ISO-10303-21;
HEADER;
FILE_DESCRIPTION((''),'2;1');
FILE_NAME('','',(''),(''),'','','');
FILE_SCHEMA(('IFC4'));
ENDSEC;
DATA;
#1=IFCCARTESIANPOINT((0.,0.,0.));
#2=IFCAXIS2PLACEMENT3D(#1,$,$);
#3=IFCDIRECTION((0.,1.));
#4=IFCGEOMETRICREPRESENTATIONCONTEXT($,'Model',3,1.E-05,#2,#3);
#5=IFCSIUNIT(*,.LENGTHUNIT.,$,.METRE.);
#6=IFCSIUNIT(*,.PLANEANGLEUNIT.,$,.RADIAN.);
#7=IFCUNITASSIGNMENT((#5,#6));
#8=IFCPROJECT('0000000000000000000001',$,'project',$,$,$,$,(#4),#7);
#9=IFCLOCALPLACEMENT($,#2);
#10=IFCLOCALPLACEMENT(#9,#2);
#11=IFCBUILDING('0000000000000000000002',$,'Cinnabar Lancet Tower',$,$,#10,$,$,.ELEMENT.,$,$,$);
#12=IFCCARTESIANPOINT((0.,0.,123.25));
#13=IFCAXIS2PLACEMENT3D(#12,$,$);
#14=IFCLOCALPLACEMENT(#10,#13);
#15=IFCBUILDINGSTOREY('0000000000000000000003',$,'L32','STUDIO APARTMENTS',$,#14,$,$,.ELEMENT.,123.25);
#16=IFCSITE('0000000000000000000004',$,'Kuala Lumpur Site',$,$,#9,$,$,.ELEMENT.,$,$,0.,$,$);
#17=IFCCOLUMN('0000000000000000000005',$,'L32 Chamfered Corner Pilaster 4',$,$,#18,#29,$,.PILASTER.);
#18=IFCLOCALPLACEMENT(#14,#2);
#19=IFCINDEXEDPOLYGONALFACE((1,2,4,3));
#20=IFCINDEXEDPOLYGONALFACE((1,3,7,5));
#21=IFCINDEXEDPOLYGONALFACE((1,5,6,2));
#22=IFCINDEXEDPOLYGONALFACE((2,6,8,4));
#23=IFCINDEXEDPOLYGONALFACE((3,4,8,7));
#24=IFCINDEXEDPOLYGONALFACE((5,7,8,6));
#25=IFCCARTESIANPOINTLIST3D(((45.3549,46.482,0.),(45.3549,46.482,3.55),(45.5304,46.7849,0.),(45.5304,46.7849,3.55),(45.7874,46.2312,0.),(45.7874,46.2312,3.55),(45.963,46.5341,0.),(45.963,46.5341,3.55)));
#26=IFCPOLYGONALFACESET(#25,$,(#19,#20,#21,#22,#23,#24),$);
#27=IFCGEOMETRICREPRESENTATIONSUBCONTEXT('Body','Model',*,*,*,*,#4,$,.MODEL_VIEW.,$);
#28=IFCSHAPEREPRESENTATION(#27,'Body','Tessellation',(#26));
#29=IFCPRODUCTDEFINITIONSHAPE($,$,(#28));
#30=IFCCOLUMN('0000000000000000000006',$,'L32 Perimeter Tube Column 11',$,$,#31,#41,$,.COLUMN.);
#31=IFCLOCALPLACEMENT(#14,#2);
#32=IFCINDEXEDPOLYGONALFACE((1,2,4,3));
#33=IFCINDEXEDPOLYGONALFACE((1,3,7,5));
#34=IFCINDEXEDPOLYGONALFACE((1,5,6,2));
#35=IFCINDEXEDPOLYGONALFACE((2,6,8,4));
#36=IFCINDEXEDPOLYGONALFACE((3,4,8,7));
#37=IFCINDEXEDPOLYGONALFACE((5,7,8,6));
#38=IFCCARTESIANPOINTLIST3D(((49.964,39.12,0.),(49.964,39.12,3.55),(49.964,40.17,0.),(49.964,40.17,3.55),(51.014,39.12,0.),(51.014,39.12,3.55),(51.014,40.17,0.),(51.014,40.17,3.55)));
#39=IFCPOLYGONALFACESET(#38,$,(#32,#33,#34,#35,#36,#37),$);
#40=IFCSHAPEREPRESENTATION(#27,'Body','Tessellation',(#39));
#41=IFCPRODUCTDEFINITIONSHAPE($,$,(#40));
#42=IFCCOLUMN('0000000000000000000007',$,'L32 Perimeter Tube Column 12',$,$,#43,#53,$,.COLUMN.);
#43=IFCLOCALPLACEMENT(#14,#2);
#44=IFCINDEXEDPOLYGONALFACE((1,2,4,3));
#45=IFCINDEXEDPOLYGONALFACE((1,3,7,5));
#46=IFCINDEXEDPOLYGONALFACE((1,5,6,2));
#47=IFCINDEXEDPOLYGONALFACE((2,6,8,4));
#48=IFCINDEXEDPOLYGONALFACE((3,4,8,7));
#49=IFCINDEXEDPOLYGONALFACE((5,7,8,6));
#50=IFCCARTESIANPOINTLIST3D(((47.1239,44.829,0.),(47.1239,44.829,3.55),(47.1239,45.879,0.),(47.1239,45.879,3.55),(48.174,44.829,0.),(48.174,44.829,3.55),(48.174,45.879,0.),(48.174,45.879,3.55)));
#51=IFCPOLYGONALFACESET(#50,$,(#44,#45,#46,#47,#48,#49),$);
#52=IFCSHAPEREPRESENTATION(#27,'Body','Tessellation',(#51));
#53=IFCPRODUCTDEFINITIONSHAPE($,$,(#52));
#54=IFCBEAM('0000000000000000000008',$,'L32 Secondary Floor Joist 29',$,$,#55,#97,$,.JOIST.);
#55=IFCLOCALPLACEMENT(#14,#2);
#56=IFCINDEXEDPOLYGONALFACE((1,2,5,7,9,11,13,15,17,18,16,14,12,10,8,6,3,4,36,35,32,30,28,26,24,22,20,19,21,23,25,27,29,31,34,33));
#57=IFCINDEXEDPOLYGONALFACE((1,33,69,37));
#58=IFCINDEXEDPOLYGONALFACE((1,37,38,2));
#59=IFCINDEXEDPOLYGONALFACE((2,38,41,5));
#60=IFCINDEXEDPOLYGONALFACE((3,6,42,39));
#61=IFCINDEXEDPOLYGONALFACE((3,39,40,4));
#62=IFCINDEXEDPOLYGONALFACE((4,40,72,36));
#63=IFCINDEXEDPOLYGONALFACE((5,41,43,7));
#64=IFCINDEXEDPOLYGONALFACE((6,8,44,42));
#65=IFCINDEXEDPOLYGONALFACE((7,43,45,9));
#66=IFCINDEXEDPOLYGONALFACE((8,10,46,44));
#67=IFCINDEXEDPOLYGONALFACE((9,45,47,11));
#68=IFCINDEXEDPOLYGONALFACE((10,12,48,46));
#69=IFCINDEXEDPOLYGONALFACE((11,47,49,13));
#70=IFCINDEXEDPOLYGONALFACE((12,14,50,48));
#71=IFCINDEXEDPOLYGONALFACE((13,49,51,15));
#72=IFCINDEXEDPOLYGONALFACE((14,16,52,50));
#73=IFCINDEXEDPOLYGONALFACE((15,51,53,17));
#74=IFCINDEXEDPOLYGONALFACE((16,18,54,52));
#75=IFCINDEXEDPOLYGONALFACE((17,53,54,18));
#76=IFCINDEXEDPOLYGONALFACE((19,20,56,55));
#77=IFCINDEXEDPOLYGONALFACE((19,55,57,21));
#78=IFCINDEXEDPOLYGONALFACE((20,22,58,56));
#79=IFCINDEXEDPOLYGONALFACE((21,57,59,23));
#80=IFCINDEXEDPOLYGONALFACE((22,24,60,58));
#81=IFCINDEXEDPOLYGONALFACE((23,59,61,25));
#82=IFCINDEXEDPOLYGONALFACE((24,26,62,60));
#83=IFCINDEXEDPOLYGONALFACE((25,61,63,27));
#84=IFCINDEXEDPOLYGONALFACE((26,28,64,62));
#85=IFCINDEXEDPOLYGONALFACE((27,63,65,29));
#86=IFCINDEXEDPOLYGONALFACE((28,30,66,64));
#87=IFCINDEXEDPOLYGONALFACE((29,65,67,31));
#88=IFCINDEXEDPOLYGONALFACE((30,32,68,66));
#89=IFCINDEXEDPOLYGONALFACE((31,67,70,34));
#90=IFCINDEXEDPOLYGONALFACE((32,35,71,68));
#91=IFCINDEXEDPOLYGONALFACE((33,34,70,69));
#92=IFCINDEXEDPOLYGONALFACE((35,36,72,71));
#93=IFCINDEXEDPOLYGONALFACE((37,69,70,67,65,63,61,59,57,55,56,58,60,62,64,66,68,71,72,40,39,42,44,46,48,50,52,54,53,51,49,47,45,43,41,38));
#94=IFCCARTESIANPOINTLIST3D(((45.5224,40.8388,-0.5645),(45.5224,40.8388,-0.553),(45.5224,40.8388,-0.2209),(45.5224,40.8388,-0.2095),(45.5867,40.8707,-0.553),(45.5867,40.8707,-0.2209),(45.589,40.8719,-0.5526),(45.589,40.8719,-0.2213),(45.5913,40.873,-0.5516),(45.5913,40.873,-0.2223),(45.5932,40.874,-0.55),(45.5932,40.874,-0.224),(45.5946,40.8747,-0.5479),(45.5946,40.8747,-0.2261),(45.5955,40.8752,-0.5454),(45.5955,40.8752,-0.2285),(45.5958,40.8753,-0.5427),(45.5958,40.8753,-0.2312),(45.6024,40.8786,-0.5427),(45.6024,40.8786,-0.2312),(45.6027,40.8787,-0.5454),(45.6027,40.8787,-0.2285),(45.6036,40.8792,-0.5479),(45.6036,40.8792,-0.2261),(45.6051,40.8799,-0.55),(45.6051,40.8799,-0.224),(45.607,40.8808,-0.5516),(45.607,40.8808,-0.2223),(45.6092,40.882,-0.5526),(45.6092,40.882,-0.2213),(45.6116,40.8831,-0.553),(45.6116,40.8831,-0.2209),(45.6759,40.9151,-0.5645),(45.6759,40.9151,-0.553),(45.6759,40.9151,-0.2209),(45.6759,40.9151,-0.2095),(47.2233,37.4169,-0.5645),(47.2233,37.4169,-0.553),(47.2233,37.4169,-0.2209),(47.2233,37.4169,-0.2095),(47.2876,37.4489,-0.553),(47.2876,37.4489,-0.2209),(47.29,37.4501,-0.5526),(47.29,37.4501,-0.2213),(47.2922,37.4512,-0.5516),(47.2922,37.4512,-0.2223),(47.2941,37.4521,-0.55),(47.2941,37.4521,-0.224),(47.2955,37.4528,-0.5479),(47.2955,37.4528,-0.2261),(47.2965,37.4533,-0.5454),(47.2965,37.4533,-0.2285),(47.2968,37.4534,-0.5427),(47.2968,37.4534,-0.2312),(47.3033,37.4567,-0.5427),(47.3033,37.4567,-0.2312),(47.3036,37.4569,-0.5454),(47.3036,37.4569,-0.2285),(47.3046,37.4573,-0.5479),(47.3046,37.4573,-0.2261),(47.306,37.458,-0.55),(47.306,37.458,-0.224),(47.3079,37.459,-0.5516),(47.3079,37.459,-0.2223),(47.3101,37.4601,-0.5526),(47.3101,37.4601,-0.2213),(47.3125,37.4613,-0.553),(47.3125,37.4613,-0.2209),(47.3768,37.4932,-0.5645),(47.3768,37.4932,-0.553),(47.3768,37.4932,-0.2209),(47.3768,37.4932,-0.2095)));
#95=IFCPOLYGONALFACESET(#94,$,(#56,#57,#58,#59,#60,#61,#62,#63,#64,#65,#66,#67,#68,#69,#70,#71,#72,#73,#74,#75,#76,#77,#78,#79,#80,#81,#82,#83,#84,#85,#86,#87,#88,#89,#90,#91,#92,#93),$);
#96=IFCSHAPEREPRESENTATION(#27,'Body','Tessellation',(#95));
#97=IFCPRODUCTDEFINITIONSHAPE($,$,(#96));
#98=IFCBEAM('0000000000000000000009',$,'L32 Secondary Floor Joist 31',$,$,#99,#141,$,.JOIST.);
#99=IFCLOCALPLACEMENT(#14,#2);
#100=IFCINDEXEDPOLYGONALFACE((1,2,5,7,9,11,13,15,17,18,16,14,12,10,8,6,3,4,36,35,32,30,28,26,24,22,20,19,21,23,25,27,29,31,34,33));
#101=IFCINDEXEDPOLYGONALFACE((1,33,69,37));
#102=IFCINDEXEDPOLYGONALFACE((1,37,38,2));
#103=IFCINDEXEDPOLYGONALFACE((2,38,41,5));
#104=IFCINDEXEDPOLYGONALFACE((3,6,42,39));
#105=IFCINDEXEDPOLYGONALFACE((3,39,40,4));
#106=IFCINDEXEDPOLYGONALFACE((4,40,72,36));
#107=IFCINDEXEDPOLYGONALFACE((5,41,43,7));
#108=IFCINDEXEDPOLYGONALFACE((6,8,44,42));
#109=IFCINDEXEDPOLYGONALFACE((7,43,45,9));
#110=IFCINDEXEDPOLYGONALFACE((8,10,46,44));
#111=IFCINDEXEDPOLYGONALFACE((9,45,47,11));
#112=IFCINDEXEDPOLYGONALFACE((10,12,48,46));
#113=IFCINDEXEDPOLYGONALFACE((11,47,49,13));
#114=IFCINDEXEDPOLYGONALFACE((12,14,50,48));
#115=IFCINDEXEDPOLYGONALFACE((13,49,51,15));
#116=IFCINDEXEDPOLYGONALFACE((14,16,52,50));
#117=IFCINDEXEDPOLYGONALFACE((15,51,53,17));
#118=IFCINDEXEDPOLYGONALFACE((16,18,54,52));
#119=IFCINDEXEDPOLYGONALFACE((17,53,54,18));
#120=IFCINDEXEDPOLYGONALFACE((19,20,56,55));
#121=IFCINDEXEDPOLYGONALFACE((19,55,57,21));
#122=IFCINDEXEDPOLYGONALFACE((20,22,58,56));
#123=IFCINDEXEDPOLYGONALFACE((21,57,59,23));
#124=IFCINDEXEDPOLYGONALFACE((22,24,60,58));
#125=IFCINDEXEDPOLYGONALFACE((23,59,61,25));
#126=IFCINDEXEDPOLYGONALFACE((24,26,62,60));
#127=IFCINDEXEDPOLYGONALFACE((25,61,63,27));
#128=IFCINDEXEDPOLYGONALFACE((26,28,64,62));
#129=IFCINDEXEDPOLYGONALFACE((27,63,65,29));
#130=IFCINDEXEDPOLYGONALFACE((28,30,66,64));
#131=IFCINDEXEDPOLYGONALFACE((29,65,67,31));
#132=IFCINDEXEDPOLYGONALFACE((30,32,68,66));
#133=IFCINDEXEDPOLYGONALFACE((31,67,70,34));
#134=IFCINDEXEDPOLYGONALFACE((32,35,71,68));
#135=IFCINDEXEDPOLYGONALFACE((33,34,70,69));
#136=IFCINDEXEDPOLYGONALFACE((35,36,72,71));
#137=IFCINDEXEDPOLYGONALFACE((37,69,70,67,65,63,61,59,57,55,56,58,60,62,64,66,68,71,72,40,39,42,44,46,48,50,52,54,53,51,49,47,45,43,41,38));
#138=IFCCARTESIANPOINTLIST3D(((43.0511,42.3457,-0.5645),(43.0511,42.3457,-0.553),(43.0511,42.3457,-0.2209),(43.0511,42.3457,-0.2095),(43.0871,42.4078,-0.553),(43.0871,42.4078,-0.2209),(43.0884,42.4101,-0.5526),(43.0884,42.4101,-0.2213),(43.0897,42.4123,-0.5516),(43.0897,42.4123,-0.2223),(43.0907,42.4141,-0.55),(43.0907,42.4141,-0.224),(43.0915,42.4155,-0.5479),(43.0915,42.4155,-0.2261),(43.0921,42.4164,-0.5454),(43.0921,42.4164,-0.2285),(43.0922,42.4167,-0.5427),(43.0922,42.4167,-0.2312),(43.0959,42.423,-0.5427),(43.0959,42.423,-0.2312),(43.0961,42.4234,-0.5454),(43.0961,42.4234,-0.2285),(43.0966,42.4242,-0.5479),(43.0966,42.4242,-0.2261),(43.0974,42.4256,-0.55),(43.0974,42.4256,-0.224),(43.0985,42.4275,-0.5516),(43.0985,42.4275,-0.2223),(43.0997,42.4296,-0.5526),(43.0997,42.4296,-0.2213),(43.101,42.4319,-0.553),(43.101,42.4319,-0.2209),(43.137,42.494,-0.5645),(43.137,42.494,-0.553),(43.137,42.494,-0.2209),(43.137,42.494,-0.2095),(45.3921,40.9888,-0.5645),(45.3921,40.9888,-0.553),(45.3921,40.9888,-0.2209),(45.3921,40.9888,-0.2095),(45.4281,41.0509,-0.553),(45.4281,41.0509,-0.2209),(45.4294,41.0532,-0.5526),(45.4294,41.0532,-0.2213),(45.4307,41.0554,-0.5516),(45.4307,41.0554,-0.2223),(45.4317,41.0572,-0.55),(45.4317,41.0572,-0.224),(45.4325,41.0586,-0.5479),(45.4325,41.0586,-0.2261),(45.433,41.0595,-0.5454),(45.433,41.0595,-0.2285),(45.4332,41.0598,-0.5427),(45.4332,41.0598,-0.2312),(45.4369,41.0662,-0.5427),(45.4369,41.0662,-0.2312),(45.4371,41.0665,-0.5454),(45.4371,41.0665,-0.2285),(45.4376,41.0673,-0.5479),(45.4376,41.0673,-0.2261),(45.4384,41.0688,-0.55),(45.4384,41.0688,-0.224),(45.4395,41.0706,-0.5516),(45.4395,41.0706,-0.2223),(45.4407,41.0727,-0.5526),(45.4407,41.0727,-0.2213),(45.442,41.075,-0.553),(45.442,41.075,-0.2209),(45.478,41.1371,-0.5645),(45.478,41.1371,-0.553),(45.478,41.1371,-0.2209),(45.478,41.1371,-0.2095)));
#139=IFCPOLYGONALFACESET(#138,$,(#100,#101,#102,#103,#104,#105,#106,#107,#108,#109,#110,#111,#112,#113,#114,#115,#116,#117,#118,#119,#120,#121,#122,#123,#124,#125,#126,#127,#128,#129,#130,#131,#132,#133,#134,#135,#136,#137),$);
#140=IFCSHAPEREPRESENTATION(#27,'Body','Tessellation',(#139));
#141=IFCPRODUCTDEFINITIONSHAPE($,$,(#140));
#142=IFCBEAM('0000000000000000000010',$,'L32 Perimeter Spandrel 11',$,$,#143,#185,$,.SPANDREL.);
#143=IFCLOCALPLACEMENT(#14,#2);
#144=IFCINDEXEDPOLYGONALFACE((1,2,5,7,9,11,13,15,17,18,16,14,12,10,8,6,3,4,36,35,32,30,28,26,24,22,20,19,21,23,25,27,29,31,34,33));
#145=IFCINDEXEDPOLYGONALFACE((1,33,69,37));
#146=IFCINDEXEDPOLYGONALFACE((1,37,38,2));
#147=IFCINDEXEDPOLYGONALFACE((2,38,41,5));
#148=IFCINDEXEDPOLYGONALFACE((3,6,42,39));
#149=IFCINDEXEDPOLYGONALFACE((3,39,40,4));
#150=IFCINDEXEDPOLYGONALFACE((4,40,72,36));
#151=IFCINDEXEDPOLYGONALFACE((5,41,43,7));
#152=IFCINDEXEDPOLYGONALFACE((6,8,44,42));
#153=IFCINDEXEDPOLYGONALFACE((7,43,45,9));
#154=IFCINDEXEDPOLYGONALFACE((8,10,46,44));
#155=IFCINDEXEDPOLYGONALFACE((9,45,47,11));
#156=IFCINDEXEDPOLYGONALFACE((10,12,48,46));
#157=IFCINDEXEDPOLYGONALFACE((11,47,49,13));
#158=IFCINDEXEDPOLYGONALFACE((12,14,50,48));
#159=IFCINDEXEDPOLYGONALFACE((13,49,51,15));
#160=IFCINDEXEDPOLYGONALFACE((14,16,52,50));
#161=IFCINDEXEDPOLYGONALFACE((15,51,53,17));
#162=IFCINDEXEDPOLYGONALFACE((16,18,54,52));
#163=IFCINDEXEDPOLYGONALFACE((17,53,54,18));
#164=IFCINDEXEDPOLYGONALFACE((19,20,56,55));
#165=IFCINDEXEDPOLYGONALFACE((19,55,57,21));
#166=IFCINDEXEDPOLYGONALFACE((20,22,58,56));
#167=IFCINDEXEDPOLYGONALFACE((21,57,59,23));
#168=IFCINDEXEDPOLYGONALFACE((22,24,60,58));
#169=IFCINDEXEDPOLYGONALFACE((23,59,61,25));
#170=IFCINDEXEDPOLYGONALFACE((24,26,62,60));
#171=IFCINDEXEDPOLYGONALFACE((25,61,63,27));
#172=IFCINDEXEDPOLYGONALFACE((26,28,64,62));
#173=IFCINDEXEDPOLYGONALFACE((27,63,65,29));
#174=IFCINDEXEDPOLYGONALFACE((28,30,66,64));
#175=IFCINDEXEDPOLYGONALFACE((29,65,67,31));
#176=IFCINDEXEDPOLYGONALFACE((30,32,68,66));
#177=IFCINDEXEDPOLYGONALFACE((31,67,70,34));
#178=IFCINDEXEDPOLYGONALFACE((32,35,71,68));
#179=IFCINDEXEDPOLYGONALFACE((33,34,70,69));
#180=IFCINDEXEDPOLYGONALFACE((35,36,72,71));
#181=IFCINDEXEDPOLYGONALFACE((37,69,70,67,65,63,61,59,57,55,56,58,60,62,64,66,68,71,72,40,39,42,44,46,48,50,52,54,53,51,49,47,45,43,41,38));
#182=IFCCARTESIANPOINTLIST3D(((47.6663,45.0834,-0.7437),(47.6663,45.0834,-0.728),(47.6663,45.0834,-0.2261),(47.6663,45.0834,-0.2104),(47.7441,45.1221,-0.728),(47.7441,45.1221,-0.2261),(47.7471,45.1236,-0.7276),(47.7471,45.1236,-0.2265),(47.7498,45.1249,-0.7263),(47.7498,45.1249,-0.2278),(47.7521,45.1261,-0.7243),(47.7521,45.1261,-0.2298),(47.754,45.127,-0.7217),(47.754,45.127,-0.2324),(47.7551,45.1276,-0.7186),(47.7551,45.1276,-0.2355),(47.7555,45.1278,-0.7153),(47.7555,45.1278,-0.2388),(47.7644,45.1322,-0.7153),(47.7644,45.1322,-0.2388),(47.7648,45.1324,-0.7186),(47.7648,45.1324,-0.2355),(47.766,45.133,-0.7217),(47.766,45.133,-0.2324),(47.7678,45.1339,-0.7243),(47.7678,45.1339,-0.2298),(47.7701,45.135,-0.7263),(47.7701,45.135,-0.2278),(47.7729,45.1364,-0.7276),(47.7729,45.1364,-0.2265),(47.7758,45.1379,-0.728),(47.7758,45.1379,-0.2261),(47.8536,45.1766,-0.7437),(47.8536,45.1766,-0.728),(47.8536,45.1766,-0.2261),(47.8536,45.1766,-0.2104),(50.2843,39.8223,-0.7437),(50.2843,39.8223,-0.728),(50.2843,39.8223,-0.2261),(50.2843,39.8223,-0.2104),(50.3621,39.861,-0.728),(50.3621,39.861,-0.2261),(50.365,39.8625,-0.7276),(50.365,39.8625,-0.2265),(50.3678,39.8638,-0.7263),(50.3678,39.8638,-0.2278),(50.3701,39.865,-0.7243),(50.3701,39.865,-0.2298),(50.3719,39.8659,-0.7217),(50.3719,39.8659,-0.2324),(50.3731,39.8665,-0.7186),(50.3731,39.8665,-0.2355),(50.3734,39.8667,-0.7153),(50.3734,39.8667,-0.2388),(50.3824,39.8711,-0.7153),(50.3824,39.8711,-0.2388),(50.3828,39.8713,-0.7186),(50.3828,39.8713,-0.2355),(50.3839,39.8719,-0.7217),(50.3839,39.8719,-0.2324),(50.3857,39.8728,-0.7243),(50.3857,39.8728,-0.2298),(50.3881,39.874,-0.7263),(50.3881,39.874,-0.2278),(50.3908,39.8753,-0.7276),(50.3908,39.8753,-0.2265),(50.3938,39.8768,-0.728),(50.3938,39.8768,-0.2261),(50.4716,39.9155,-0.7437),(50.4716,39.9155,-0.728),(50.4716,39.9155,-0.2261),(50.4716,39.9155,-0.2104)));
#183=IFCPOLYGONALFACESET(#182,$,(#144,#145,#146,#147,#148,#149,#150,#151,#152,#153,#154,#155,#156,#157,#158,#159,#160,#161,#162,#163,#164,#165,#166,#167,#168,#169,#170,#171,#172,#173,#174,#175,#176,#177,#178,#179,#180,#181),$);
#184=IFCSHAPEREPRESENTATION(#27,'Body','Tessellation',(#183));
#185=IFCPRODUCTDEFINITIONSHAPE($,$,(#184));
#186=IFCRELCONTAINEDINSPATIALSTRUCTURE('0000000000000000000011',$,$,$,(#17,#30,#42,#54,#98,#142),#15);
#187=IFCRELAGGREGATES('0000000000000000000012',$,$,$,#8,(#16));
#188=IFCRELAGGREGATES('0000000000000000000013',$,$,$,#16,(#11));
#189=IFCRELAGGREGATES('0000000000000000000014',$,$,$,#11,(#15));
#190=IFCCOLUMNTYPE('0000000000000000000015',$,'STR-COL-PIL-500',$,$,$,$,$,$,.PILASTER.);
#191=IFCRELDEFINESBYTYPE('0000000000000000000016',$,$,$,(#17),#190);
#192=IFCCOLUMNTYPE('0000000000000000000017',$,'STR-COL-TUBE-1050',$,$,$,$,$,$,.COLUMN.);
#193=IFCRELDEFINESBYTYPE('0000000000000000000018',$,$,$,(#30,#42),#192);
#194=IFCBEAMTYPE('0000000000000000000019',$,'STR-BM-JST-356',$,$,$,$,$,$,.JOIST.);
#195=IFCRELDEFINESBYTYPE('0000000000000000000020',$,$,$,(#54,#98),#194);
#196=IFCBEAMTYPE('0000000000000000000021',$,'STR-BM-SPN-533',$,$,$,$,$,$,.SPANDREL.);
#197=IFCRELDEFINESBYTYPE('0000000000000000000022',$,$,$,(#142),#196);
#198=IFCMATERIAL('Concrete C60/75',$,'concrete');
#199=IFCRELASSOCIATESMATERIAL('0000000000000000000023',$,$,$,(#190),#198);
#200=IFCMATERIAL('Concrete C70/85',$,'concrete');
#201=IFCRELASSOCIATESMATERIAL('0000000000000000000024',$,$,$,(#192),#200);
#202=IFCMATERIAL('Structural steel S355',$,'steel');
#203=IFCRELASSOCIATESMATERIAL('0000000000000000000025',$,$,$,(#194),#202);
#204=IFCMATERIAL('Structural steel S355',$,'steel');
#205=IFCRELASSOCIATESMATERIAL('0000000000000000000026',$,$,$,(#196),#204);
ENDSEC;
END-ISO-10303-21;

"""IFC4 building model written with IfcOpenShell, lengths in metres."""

from ifc_helpers import new_model, si_unit, direction, frame, origin, origin_2d, place, context, subcontext, project, spatial, rectangle, i_section, extrude, material, material_profile, profile_set, type_object, element, save


model = new_model("IFC4")

# Units and contexts
model_context = context("Model", 3, precision=1e-05, world=origin(), true_north=direction((0.0, 1.0)))
body_context = subcontext(model_context, "Body", "Model", "MODEL_VIEW")
ifc_project = project(units=[si_unit("LENGTHUNIT", "METRE"), si_unit("PLANEANGLEUNIT", "RADIAN")], contexts=[model_context])

# Site, building, storey
site_placement = place(None, origin())
site = spatial("IfcSite", under=ifc_project, at=site_placement, Name="Kuala Lumpur Site", CompositionType="ELEMENT", RefElevation=0.0)
building_placement = place(site_placement, origin())
building = spatial("IfcBuilding", under=site, at=building_placement, Name="Cinnabar Lancet Tower", CompositionType="ELEMENT")
storey_placement = place(building_placement, frame((0.0, 0.0, 123.25)))
storey = spatial("IfcBuildingStorey", under=building, at=storey_placement, Name="L32", Description="STUDIO APARTMENTS", CompositionType="ELEMENT", Elevation=123.25)

# Columns
ifc_material_1 = material(Name="Concrete C60/75", Category="concrete")
ifc_material_profile_1 = material_profile(ifc_material_1, rectangle(XDim=0.5, YDim=0.3501, at=origin_2d()), Name="RC-PIL 500x350")
ifc_profile_set_1 = profile_set([ifc_material_profile_1], Name="Concrete C60/75")
column_type_1 = type_object("IfcColumnType", Name="STR-COL-PIL-500", PredefinedType="PILASTER", material=ifc_profile_set_1)
column_placement = place(storey_placement, frame((45.6589, 46.5081, 0.0), z_axis=(0.0, 0.0, 1.0), x_axis=(-0.86516, 0.501496, 0.0)))
element("IfcColumn", 1, at=column_placement, inside=storey, type_object=column_type_1, Name="L32 Chamfered Corner Pilaster 4", PredefinedType="PILASTER", context=body_context, shape_type="SweptSolid", body=[
    extrude(rectangle(XDim=0.5, YDim=0.3501, at=origin_2d()), origin(), (0.0, 0.0, 1.0), 3.55),
])
ifc_material_2 = material(Name="Concrete C70/85", Category="concrete")
ifc_material_profile_2 = material_profile(ifc_material_2, rectangle(XDim=1.05, YDim=1.05, at=origin_2d()), Name="RC-COL 1050x1050")
ifc_profile_set_2 = profile_set([ifc_material_profile_2], Name="Concrete C70/85")
column_type_2 = type_object("IfcColumnType", Name="STR-COL-TUBE-1050", PredefinedType="COLUMN", material=ifc_profile_set_2)
for number, where, z_axis, x_axis, name in (
    (2, (50.489, 39.645, 0.0), (0.0, 0.0, 1.0), (1.0, 0.0, 0.0), "L32 Perimeter Tube Column 11"),
    (3, (47.6489, 45.354, 0.0), (0.0, 0.0, 1.0), (1.0, 0.0, 0.0), "L32 Perimeter Tube Column 12"),
):
    element("IfcColumn", number, at=place(storey_placement, frame(where, z_axis=z_axis, x_axis=x_axis)), inside=storey, type_object=column_type_2, Name=name, PredefinedType="COLUMN", context=body_context, shape_type="SweptSolid", body=[
        extrude(rectangle(XDim=1.05, YDim=1.05, at=origin_2d()), origin(), (0.0, 0.0, 1.0), 3.55),
    ])

# Beams
ifc_material_3 = material(Name="Structural steel S355", Category="steel")
ifc_material_profile_3 = material_profile(ifc_material_3, i_section(OverallWidth=0.1714, OverallDepth=0.355, WebThickness=0.0073, FlangeThickness=0.0115, FilletRadius=0.0103, at=origin_2d()), Name="UKB 356x171x51")
ifc_profile_set_3 = profile_set([ifc_material_profile_3], Name="Structural steel S355")
beam_type_1 = type_object("IfcBeamType", Name="STR-BM-JST-356", PredefinedType="JOIST", material=ifc_profile_set_3)
beam_1_placement = place(storey_placement, frame((47.3, 37.4551, -0.387), z_axis=(-0.445117, 0.895473, 0.0), x_axis=(-0.895473, -0.445117, 0.0)))
element("IfcBeam", 4, at=beam_1_placement, inside=storey, type_object=beam_type_1, Name="L32 Secondary Floor Joist 29", PredefinedType="JOIST", context=body_context, shape_type="SweptSolid", body=[
    extrude(i_section(OverallWidth=0.1714, OverallDepth=0.355, WebThickness=0.0073, FlangeThickness=0.0115, FilletRadius=0.0103, at=origin_2d()), origin(), (0.0, 0.0, 1.0), 3.8213),
])
beam_2_placement = place(storey_placement, frame((45.4351, 41.063, -0.387), z_axis=(-0.865173, 0.501474, 0.0), x_axis=(-0.501474, -0.865173, 0.0)))
element("IfcBeam", 5, at=beam_2_placement, inside=storey, type_object=beam_type_1, Name="L32 Secondary Floor Joist 31", PredefinedType="JOIST", context=body_context, shape_type="SweptSolid", body=[
    extrude(i_section(OverallWidth=0.1714, OverallDepth=0.355, WebThickness=0.0073, FlangeThickness=0.0115, FilletRadius=0.0103, at=origin_2d()), origin(), (0.0, 0.0, 1.0), 2.7058),
])
ifc_material_4 = material(Name="Structural steel S355", Category="steel")
ifc_material_profile_4 = material_profile(ifc_material_4, i_section(OverallWidth=0.2092, OverallDepth=0.5332, WebThickness=0.01, FlangeThickness=0.0156, FilletRadius=0.0127, at=origin_2d()), Name="UKB 533x210x92")
ifc_profile_set_4 = profile_set([ifc_material_profile_4], Name="Structural steel S355")
beam_type_2 = type_object("IfcBeamType", Name="STR-BM-SPN-533", PredefinedType="SPANDREL", material=ifc_profile_set_4)
beam_3_placement = place(storey_placement, frame((50.3779, 39.8689, -0.4771), z_axis=(-0.445501, 0.895281, 0.0), x_axis=(-0.895281, -0.445501, 0.0)))
element("IfcBeam", 6, at=beam_3_placement, inside=storey, type_object=beam_type_2, Name="L32 Perimeter Spandrel 11", PredefinedType="SPANDREL", context=body_context, shape_type="SweptSolid", body=[
    extrude(i_section(OverallWidth=0.2092, OverallDepth=0.5332, WebThickness=0.01, FlangeThickness=0.0156, FilletRadius=0.0127, at=origin_2d()), origin(), (0.0, 0.0, 1.0), 5.8765),
])

save(model, "model.ifc")
